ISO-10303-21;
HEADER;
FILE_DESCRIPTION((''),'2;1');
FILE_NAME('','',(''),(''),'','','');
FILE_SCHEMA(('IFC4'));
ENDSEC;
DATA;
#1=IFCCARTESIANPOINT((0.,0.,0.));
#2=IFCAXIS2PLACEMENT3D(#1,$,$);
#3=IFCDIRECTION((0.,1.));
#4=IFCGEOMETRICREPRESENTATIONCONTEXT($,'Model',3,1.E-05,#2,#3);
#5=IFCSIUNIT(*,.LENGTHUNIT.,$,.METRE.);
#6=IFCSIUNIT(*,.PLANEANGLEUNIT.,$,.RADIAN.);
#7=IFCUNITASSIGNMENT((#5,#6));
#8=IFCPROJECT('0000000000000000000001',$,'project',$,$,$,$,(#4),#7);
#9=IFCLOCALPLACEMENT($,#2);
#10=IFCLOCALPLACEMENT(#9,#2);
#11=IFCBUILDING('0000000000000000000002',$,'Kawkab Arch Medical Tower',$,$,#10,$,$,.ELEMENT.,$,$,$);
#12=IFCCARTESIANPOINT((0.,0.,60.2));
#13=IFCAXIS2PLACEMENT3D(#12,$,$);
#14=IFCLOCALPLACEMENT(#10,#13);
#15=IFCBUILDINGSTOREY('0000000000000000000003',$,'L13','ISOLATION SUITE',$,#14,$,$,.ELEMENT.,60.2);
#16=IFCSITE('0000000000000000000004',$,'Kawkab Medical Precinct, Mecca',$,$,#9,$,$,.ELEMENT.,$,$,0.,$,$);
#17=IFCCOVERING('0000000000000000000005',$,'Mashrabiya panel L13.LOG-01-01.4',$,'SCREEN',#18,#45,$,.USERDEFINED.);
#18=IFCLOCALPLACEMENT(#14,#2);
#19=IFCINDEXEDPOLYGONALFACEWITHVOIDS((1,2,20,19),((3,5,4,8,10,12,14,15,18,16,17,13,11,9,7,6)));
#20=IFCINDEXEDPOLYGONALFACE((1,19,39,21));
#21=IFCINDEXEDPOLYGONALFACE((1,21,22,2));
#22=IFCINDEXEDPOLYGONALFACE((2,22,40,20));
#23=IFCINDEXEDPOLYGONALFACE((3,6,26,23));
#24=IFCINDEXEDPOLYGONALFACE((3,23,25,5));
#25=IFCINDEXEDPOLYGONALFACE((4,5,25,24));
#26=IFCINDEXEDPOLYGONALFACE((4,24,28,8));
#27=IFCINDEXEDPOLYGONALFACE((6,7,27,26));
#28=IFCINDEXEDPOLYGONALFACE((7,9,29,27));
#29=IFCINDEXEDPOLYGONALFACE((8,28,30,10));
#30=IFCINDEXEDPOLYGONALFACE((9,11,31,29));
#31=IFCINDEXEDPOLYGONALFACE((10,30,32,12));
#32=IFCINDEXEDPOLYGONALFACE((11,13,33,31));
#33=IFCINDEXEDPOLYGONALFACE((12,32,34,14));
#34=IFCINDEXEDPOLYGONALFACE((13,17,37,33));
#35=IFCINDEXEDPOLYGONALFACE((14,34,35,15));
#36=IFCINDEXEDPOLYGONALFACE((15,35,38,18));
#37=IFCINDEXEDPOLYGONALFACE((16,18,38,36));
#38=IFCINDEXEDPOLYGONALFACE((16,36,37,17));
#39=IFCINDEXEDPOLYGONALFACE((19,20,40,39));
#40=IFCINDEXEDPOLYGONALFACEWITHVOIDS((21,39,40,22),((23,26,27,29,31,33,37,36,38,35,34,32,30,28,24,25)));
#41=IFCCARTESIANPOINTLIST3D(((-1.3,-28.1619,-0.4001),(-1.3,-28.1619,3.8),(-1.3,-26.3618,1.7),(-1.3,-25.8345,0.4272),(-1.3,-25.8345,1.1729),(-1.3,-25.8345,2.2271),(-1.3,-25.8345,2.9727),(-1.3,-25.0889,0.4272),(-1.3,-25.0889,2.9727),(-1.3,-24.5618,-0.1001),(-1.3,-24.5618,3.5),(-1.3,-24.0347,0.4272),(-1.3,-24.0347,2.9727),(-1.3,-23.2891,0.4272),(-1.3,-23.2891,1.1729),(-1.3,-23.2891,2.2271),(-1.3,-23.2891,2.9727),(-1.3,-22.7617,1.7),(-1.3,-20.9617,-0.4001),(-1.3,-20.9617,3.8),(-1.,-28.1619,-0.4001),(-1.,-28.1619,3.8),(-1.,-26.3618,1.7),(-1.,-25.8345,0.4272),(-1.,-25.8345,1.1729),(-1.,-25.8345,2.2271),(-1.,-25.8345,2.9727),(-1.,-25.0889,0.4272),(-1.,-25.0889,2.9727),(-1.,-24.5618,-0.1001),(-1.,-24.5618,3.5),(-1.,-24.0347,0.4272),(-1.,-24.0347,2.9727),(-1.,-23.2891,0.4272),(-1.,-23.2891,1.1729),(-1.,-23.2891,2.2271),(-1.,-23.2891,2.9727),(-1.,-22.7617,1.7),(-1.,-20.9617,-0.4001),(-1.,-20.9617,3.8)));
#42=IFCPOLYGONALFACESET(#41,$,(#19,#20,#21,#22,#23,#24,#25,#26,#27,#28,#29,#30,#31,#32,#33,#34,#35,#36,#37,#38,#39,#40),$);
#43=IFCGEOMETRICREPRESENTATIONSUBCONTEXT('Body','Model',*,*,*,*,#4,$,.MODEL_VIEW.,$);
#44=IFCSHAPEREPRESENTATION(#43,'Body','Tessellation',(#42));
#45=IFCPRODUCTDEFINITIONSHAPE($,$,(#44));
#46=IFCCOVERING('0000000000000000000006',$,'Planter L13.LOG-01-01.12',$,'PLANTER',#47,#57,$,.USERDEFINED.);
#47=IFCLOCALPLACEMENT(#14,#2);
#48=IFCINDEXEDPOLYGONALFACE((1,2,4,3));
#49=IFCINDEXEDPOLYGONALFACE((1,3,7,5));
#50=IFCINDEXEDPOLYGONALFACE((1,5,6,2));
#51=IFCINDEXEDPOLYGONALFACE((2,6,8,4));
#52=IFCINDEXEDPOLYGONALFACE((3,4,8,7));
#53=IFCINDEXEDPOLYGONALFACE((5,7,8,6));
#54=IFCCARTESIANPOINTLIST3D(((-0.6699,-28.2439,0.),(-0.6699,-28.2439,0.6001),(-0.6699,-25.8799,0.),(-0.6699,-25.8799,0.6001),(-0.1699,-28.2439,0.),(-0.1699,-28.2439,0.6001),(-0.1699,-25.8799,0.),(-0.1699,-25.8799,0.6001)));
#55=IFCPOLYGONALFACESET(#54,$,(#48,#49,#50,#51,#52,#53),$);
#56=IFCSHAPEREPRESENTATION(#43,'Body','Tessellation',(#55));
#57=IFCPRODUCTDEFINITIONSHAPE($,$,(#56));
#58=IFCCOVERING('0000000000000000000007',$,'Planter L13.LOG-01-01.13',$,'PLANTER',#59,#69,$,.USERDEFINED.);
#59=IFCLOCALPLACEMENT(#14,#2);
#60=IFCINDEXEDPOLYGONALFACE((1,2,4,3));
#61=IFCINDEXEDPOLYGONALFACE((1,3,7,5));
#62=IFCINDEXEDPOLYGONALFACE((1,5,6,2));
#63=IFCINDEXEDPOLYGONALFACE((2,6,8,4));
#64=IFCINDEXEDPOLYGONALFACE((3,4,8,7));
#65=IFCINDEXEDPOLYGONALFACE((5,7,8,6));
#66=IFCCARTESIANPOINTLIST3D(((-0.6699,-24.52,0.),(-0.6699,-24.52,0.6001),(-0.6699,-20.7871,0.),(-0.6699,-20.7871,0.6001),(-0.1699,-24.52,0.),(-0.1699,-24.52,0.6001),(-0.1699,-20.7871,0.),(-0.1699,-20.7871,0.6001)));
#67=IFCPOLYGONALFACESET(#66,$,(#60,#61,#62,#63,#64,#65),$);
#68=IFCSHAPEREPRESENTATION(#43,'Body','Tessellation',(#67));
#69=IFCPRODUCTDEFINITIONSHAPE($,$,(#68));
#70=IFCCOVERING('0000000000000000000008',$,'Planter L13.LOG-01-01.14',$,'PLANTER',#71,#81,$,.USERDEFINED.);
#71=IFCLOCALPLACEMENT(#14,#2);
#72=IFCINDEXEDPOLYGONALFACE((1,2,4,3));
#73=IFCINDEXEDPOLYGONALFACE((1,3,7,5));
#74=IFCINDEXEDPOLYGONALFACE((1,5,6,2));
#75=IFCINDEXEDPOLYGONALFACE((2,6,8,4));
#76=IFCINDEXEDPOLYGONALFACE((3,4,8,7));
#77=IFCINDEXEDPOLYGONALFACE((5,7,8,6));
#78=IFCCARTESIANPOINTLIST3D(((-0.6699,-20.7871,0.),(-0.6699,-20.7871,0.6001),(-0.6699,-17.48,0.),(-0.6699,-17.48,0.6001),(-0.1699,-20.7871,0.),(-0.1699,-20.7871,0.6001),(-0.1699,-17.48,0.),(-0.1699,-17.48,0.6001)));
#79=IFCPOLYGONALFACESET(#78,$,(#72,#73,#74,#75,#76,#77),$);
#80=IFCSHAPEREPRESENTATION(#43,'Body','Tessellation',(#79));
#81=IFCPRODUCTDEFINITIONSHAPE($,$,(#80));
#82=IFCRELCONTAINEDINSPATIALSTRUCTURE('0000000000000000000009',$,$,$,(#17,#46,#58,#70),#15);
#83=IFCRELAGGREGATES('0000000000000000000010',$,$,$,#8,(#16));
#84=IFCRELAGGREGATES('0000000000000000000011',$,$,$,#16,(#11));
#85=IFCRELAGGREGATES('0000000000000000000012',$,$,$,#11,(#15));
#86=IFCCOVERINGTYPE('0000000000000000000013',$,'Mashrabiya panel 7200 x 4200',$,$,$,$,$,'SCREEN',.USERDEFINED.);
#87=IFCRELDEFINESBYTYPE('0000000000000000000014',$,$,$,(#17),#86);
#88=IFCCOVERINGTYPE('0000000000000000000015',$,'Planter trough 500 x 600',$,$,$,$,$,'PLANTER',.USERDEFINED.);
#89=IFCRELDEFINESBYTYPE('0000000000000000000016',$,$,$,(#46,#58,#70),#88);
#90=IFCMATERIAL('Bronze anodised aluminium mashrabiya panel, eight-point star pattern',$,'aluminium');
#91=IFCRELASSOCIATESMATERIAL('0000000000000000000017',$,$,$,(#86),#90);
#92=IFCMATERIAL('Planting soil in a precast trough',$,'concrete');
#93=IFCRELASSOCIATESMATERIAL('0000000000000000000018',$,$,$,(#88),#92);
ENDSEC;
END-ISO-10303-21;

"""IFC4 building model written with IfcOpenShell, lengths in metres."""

from ifc_helpers import new_model, si_unit, direction, frame, origin, origin_2d, place, context, subcontext, project, spatial, polyline, rectangle, outline, extrude, material, material_profile, profile_set, type_object, element, save


model = new_model("IFC4")

# Units and contexts
model_context = context("Model", 3, precision=1e-05, world=origin(), true_north=direction((0.0, 1.0)))
body_context = subcontext(model_context, "Body", "Model", "MODEL_VIEW")
ifc_project = project(units=[si_unit("LENGTHUNIT", "METRE"), si_unit("PLANEANGLEUNIT", "RADIAN")], contexts=[model_context])

# Site, building, storey
site_placement = place(None, origin())
site = spatial("IfcSite", under=ifc_project, at=site_placement, Name="Kawkab Medical Precinct, Mecca", CompositionType="ELEMENT", RefElevation=0.0)
building_placement = place(site_placement, origin())
building = spatial("IfcBuilding", under=site, at=building_placement, Name="Kawkab Arch Medical Tower", CompositionType="ELEMENT")
storey_placement = place(building_placement, frame((0.0, 0.0, 60.2)))
storey = spatial("IfcBuildingStorey", under=building, at=storey_placement, Name="L13", Description="ISOLATION SUITE", CompositionType="ELEMENT", Elevation=60.2)

# Coverings
ifc_material_1 = material(Name="Bronze anodised aluminium mashrabiya panel, eight-point star pattern", Category="aluminium")
ifc_material_profile_1 = material_profile(ifc_material_1, outline(polyline([(-3.6001, -2.1001), (3.6001, -2.1001), (3.6001, 2.1001), (-3.6001, 2.1001), (-3.6001, -2.1001)]), holes=[polyline([(1.8, 0.0), (1.2727, 0.5271), (1.2727, 1.2727), (0.5271, 1.2727), (0.0, 1.8), (-0.5271, 1.2727), (-1.2727, 1.2727), (-1.2727, 0.5271), (-1.8, 0.0), (-1.2727, -0.5271), (-1.2727, -1.2727), (-0.5271, -1.2727), (0.0, -1.8), (0.5271, -1.2727), (1.2727, -1.2727), (1.2727, -0.5271), (1.8, 0.0)])]), Name="Mashrabiya panel 7200x4200")
ifc_profile_set_1 = profile_set([ifc_material_profile_1], Name="Bronze anodised aluminium mashrabiya panel, eight-point star pattern")
covering_type_1 = type_object("IfcCoveringType", Name="Mashrabiya panel 7200 x 4200", ElementType="SCREEN", PredefinedType="USERDEFINED", material=ifc_profile_set_1)
covering_1_placement = place(storey_placement, frame((-1.0, -24.5618, 1.7), z_axis=(-1.0, 0.0, 0.0), x_axis=(0.0, -1.0, 0.0)))
element("IfcCovering", 1, at=covering_1_placement, inside=storey, type_object=covering_type_1, Name="Mashrabiya panel L13.LOG-01-01.4", ObjectType="SCREEN", PredefinedType="USERDEFINED", context=body_context, shape_type="SweptSolid", body=[
    extrude(outline(polyline([(-3.6001, -2.1001), (3.6001, -2.1001), (3.6001, 2.1001), (-3.6001, 2.1001), (-3.6001, -2.1001)]), holes=[polyline([(1.8, 0.0), (1.2727, 0.5271), (1.2727, 1.2727), (0.5271, 1.2727), (0.0, 1.8), (-0.5271, 1.2727), (-1.2727, 1.2727), (-1.2727, 0.5271), (-1.8, 0.0), (-1.2727, -0.5271), (-1.2727, -1.2727), (-0.5271, -1.2727), (0.0, -1.8), (0.5271, -1.2727), (1.2727, -1.2727), (1.2727, -0.5271), (1.8, 0.0)])]), origin(), (0.0, 0.0, 1.0), 0.3),
])
ifc_material_2 = material(Name="Planting soil in a precast trough", Category="concrete")
ifc_material_profile_2 = material_profile(ifc_material_2, rectangle(XDim=0.5, YDim=0.6001, at=origin_2d()), Name="Trough 500x600")
ifc_profile_set_2 = profile_set([ifc_material_profile_2], Name="Planting soil in a precast trough")
covering_type_2 = type_object("IfcCoveringType", Name="Planter trough 500 x 600", ElementType="PLANTER", PredefinedType="USERDEFINED", material=ifc_profile_set_2)
covering_2_placement = place(storey_placement, frame((-0.4199, -28.2439, 0.3), z_axis=(0.0, 1.0, 0.0), x_axis=(-1.0, 0.0, 0.0)))
element("IfcCovering", 2, at=covering_2_placement, inside=storey, type_object=covering_type_2, Name="Planter L13.LOG-01-01.12", ObjectType="PLANTER", PredefinedType="USERDEFINED", context=body_context, shape_type="SweptSolid", body=[
    extrude(rectangle(XDim=0.5, YDim=0.6001, at=origin_2d()), origin(), (0.0, 0.0, 1.0), 2.364),
])
covering_3_placement = place(storey_placement, frame((-0.4199, -24.52, 0.3), z_axis=(0.0, 1.0, 0.0), x_axis=(-1.0, 0.0, 0.0)))
element("IfcCovering", 3, at=covering_3_placement, inside=storey, type_object=covering_type_2, Name="Planter L13.LOG-01-01.13", ObjectType="PLANTER", PredefinedType="USERDEFINED", context=body_context, shape_type="SweptSolid", body=[
    extrude(rectangle(XDim=0.5, YDim=0.6001, at=origin_2d()), origin(), (0.0, 0.0, 1.0), 3.7329),
])
covering_4_placement = place(storey_placement, frame((-0.4199, -20.7871, 0.3), z_axis=(0.0, 1.0, 0.0), x_axis=(-1.0, 0.0, 0.0)))
element("IfcCovering", 4, at=covering_4_placement, inside=storey, type_object=covering_type_2, Name="Planter L13.LOG-01-01.14", ObjectType="PLANTER", PredefinedType="USERDEFINED", context=body_context, shape_type="SweptSolid", body=[
    extrude(rectangle(XDim=0.5, YDim=0.6001, at=origin_2d()), origin(), (0.0, 0.0, 1.0), 3.3071),
])

save(model, "model.ifc")
